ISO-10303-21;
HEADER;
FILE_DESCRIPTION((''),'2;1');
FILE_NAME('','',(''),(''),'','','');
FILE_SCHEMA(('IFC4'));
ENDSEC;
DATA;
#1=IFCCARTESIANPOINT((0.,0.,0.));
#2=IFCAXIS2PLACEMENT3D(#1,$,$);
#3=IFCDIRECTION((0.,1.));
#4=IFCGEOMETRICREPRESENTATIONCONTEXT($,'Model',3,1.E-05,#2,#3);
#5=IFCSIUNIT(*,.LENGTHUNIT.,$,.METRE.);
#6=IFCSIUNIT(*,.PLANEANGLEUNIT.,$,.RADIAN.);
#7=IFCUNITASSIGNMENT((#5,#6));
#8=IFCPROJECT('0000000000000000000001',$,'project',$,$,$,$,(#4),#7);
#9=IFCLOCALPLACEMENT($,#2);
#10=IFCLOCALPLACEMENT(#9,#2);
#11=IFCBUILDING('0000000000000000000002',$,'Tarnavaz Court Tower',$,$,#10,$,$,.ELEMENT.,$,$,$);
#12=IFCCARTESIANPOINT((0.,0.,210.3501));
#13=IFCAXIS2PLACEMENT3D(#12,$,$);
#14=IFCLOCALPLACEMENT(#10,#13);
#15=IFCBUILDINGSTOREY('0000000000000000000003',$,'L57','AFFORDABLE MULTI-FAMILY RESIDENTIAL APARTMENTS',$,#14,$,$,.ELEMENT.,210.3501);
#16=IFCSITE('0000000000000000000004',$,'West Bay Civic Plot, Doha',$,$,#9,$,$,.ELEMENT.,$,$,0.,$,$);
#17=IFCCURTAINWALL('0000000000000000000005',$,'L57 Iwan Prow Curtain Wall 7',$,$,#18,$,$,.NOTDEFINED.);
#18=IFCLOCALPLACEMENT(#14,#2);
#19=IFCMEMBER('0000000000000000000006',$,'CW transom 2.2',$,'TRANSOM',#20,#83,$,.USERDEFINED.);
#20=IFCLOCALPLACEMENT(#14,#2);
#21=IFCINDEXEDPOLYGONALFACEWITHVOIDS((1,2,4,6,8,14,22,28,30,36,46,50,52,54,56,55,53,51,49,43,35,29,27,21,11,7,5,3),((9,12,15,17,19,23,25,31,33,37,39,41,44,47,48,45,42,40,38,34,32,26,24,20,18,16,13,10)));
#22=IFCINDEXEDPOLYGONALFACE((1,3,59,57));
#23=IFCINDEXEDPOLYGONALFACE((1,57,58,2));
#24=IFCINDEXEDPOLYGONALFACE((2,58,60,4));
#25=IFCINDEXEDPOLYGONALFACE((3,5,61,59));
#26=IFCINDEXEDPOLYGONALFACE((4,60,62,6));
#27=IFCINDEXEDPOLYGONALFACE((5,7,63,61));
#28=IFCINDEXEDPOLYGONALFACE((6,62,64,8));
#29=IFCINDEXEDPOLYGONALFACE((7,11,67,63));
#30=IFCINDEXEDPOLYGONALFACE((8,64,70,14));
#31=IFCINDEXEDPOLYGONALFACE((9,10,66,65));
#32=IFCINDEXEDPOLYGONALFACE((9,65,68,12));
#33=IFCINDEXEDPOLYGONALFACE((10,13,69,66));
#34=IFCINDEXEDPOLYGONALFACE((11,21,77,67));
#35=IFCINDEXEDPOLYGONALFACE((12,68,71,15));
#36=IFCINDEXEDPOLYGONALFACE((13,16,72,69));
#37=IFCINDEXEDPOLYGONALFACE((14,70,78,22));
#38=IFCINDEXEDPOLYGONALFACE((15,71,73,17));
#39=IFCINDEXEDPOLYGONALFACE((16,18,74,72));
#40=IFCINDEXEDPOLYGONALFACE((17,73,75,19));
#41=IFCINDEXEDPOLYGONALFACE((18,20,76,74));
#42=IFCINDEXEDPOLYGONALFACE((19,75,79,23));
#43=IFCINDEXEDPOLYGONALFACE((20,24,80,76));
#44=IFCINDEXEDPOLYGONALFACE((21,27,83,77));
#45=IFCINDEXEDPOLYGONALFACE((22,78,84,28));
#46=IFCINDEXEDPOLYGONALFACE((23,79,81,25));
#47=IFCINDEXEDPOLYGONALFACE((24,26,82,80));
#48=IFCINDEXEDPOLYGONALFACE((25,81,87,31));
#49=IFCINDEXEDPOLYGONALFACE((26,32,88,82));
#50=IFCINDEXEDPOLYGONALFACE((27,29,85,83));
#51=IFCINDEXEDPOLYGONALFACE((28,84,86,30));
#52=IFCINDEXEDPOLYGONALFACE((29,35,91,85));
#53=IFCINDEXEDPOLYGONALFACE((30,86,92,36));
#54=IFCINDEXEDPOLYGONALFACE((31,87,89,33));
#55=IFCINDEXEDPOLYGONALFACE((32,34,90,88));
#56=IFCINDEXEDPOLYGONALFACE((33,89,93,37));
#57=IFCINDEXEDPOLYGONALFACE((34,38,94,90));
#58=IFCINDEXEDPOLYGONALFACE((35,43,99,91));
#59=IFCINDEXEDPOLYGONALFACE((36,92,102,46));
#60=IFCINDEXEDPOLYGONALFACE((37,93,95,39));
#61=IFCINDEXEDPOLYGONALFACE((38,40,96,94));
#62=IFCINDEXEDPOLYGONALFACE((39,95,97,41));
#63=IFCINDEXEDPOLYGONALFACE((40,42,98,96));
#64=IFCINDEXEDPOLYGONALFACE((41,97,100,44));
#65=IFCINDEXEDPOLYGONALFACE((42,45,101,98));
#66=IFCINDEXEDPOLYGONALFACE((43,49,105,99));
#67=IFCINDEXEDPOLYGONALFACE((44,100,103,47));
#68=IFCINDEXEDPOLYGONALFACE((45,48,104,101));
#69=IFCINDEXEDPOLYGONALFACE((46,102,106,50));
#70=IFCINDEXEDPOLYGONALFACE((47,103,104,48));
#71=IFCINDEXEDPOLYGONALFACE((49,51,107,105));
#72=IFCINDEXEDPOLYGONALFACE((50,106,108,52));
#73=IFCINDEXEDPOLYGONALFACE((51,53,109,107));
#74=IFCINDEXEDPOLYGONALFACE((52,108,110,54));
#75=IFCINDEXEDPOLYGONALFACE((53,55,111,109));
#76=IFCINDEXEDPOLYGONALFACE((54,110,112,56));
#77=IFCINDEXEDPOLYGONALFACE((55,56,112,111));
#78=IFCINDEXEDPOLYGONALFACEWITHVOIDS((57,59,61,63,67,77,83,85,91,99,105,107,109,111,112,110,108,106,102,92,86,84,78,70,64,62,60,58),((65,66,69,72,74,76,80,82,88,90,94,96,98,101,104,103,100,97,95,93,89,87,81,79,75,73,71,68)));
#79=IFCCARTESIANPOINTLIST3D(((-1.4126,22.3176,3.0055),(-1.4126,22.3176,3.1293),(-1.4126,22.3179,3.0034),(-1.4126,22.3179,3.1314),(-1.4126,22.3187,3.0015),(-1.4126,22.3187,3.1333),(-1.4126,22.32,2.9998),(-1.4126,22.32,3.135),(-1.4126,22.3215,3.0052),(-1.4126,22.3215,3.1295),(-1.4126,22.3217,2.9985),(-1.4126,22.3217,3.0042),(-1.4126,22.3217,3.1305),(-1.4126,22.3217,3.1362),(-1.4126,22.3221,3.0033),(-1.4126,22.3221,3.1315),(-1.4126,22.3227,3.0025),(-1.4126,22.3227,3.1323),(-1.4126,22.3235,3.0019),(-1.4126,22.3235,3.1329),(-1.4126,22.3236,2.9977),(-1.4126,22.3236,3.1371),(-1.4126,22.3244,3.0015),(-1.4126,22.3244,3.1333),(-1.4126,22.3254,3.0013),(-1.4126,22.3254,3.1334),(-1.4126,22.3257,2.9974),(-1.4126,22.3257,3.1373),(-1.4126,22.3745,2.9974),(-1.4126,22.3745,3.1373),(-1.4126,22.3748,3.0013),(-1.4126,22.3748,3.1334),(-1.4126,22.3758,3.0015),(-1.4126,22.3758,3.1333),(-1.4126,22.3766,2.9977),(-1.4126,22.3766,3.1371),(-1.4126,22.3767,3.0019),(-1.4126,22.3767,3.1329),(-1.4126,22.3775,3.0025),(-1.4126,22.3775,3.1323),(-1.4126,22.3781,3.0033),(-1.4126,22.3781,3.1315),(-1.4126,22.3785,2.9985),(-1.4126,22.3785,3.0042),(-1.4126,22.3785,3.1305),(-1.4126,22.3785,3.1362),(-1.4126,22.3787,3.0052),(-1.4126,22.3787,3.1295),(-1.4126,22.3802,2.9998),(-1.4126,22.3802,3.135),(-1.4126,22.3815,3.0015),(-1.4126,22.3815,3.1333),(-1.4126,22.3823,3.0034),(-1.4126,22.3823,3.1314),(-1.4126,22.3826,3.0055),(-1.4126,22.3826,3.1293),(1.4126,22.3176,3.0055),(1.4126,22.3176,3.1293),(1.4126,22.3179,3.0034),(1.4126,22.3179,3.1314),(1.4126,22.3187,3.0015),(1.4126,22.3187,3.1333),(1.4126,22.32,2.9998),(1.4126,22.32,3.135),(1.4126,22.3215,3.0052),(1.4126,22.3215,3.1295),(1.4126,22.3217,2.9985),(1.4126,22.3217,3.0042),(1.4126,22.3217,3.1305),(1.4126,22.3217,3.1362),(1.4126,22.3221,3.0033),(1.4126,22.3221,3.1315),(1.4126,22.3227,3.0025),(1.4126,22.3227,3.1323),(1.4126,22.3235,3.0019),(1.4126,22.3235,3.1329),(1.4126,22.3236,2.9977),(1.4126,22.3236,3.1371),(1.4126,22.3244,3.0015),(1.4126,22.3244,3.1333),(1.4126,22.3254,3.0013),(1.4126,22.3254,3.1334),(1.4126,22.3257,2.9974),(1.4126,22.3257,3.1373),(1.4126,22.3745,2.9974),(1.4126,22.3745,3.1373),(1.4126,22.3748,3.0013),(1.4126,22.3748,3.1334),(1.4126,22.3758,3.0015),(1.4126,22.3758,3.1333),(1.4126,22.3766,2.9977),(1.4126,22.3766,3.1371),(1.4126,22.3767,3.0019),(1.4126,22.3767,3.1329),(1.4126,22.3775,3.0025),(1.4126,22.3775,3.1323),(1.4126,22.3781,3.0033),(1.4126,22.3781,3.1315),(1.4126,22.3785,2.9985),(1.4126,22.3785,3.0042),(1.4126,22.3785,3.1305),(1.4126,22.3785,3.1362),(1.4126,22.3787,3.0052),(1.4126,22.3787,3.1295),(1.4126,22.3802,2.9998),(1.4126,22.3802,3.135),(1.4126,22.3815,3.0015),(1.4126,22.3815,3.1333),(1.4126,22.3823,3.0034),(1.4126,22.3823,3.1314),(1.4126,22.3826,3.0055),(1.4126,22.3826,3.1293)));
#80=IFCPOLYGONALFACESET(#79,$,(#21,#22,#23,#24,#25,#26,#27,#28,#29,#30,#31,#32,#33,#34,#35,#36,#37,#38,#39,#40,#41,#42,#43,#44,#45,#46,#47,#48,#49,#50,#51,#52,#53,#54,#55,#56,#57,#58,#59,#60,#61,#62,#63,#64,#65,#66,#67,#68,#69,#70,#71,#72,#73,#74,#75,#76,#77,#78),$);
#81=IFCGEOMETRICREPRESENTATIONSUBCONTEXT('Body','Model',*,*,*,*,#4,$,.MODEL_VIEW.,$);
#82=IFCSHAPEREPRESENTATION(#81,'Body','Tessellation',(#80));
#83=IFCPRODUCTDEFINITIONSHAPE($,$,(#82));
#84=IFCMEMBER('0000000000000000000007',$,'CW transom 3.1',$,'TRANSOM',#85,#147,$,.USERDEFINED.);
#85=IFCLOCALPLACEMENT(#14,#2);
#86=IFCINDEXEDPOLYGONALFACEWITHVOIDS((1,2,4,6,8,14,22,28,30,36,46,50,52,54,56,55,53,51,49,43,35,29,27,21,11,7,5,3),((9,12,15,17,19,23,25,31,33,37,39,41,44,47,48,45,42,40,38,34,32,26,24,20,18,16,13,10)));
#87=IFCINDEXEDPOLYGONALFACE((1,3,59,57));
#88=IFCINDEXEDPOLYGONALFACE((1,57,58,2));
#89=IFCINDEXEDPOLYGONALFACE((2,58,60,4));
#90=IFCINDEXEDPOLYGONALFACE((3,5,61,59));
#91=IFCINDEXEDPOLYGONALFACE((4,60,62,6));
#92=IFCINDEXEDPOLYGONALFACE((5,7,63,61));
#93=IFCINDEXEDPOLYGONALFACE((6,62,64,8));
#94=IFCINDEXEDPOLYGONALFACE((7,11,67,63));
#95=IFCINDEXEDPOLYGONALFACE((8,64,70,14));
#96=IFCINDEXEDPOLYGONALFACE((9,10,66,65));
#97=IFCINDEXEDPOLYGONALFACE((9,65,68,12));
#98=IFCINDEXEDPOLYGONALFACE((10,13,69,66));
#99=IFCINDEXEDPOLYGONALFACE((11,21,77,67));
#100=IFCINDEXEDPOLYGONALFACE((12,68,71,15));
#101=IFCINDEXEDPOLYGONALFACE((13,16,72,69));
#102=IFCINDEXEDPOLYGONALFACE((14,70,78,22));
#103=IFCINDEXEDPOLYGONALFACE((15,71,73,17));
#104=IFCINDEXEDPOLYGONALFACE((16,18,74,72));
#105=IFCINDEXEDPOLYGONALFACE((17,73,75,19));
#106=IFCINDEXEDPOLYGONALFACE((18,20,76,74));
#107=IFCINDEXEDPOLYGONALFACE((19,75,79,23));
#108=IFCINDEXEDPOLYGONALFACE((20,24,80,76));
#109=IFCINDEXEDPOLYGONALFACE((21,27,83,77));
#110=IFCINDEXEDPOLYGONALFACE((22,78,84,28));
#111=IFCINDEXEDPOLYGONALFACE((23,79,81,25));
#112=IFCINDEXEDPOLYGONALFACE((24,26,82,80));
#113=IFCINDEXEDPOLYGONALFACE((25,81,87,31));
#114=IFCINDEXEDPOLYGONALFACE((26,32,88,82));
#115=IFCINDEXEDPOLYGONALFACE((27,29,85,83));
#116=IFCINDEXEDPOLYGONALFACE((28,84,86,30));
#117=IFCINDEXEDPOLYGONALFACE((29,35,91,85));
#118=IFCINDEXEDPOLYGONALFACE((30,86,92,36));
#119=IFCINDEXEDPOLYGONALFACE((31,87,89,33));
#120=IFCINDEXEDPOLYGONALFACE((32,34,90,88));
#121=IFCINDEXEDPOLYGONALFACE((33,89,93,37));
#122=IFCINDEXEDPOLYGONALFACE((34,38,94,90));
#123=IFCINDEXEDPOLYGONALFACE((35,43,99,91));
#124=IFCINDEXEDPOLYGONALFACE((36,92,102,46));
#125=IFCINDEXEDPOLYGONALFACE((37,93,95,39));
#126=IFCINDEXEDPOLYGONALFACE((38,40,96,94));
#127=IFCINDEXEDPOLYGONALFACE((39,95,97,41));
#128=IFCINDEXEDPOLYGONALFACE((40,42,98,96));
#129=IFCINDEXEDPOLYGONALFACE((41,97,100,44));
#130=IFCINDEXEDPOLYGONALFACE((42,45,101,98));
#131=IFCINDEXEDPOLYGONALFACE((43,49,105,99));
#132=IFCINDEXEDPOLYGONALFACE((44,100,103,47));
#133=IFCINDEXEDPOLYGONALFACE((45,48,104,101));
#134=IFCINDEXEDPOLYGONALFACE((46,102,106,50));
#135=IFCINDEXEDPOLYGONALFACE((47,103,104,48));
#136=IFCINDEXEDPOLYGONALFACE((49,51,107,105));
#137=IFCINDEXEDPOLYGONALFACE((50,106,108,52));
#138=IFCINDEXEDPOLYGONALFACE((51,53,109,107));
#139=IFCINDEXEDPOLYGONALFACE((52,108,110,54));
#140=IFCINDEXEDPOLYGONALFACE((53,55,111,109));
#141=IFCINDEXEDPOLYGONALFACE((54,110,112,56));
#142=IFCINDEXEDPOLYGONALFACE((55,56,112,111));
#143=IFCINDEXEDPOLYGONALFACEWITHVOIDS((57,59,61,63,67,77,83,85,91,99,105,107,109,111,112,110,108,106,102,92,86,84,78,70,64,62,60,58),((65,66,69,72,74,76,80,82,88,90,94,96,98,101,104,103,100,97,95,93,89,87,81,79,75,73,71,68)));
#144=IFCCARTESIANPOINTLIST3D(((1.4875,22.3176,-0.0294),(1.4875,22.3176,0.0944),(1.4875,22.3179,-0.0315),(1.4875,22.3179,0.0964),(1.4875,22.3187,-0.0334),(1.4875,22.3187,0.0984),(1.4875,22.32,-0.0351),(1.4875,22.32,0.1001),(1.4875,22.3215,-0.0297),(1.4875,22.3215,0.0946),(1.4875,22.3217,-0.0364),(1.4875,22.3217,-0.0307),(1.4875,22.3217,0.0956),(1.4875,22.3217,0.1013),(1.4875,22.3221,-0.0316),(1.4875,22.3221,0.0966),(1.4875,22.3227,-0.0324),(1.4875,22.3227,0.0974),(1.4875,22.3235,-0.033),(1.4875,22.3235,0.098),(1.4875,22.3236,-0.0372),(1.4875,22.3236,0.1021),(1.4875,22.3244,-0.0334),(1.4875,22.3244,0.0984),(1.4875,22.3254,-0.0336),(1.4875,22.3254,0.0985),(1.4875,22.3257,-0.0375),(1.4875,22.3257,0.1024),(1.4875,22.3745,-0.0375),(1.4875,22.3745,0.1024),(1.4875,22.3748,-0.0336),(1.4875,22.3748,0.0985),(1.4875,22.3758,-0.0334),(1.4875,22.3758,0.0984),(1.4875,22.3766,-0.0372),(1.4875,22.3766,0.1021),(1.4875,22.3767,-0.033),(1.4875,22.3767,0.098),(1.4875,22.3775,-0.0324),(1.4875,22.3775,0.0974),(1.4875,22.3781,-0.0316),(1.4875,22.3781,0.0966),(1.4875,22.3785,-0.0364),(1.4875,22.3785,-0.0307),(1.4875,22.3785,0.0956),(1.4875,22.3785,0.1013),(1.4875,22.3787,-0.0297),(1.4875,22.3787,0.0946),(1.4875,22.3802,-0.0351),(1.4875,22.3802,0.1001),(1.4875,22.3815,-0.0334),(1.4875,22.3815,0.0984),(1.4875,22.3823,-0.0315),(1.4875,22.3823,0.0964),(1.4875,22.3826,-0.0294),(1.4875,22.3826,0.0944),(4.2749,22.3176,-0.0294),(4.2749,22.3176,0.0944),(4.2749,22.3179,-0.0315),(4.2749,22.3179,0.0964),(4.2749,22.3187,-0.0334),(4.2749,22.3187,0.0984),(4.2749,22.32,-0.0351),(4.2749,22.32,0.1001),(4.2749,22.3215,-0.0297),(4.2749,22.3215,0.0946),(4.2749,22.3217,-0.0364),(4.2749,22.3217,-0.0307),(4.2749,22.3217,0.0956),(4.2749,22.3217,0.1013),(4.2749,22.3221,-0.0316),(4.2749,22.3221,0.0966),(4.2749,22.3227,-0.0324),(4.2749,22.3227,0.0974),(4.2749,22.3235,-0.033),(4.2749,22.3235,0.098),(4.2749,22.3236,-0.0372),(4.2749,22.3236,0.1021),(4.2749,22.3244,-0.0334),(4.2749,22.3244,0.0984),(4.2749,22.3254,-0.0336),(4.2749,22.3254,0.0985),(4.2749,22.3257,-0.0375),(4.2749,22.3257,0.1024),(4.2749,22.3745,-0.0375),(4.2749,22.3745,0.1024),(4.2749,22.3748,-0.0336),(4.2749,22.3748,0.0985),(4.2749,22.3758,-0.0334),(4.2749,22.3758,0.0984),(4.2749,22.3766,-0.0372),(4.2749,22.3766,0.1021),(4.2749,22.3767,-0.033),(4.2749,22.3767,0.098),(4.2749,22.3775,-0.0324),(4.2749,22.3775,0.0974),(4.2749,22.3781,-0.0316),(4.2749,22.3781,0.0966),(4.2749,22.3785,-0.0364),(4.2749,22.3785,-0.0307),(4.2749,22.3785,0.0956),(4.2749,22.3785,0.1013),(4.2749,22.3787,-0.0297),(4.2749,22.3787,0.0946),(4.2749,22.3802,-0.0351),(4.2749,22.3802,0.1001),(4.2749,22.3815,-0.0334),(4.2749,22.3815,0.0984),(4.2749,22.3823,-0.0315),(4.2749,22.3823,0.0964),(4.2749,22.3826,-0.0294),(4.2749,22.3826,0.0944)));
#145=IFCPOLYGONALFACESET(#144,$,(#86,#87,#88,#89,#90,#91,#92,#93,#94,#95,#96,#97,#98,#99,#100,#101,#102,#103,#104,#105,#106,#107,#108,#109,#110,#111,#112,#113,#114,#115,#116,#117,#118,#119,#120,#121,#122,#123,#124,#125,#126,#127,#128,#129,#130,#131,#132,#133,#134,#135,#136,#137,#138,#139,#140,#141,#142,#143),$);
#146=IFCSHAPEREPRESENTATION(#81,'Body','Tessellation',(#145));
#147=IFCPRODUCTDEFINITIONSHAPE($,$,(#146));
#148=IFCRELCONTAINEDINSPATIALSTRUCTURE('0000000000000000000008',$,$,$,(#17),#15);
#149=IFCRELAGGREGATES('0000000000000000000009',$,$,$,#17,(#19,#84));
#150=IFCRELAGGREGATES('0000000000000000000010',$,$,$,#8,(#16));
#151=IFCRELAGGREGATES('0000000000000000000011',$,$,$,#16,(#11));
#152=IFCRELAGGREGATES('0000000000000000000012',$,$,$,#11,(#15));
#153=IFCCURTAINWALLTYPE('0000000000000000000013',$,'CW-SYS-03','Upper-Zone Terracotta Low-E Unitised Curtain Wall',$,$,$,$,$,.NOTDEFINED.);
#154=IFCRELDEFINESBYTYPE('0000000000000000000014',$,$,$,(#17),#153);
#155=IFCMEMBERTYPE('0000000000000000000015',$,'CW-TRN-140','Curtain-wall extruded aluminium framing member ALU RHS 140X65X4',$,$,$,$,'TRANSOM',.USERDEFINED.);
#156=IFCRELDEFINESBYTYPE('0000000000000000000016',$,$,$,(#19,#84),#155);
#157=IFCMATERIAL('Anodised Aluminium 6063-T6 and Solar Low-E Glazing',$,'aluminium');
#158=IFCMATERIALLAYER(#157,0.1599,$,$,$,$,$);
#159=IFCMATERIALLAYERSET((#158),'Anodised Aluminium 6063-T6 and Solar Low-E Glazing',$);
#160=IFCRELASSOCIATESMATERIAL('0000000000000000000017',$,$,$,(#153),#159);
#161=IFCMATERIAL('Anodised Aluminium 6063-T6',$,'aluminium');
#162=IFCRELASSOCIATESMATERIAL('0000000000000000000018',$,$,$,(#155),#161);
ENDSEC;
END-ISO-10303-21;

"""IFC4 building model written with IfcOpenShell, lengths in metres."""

from ifc_helpers import new_model, si_unit, direction, frame, origin, origin_2d, place, context, subcontext, project, spatial, hollow_rectangle, extrude, material, layer, layer_set, material_profile, profile_set, type_object, element, aggregate, save


model = new_model("IFC4")

# Units and contexts
model_context = context("Model", 3, precision=1e-05, world=origin(), true_north=direction((0.0, 1.0)))
body_context = subcontext(model_context, "Body", "Model", "MODEL_VIEW")
ifc_project = project(units=[si_unit("LENGTHUNIT", "METRE"), si_unit("PLANEANGLEUNIT", "RADIAN")], contexts=[model_context])

# Site, building, storey
site_placement = place(None, origin())
site = spatial("IfcSite", under=ifc_project, at=site_placement, Name="West Bay Civic Plot, Doha", CompositionType="ELEMENT", RefElevation=0.0)
building_placement = place(site_placement, origin())
building = spatial("IfcBuilding", under=site, at=building_placement, Name="Tarnavaz Court Tower", CompositionType="ELEMENT")
storey_placement = place(building_placement, frame((0.0, 0.0, 210.3501)))
storey = spatial("IfcBuildingStorey", under=building, at=storey_placement, Name="L57", Description="AFFORDABLE MULTI-FAMILY RESIDENTIAL APARTMENTS", CompositionType="ELEMENT", Elevation=210.3501)

# Curtain wall, members
ifc_material_1 = material(Name="Anodised Aluminium 6063-T6 and Solar Low-E Glazing", Category="aluminium")
ifc_layer_1 = layer(ifc_material_1, 0.1599)
ifc_layer_set_1 = layer_set([ifc_layer_1], Name="Anodised Aluminium 6063-T6 and Solar Low-E Glazing")
curtain_wall_type = type_object("IfcCurtainWallType", Name="CW-SYS-03", Description="Upper-Zone Terracotta Low-E Unitised Curtain Wall", PredefinedType="NOTDEFINED", material=ifc_layer_set_1)
curtain_wall_placement = place(storey_placement, origin())
curtain_wall = element("IfcCurtainWall", 1, at=curtain_wall_placement, inside=storey, type_object=curtain_wall_type, Name="L57 Iwan Prow Curtain Wall 7", PredefinedType="NOTDEFINED")
ifc_material_2 = material(Name="Anodised Aluminium 6063-T6", Category="aluminium")
ifc_material_profile_1 = material_profile(ifc_material_2, hollow_rectangle(XDim=0.0649, YDim=0.1399, WallThickness=0.0039, InnerFilletRadius=0.0039, OuterFilletRadius=0.0081, at=origin_2d()), Name="ALU RHS 140X65X4")
ifc_profile_set_1 = profile_set([ifc_material_profile_1], Name="Anodised Aluminium 6063-T6")
member_type_1 = type_object("IfcMemberType", Name="CW-TRN-140", Description="Curtain-wall extruded aluminium framing member ALU RHS 140X65X4", ElementType="TRANSOM", PredefinedType="USERDEFINED", material=ifc_profile_set_1)
member_1_placement = place(storey_placement, frame((-1.4126, 22.3501, 3.0674), z_axis=(1.0, 0.0, 0.0), x_axis=(0.0, 1.0, 0.0)))
member_1 = element("IfcMember", 2, at=member_1_placement, type_object=member_type_1, Name="CW transom 2.2", ObjectType="TRANSOM", PredefinedType="USERDEFINED", context=body_context, shape_type="SweptSolid", body=[
    extrude(hollow_rectangle(XDim=0.0649, YDim=0.1399, WallThickness=0.0039, InnerFilletRadius=0.0039, OuterFilletRadius=0.0081, at=origin_2d()), origin(), (0.0, 0.0, 1.0), 2.8252),
])
member_2_placement = place(storey_placement, frame((1.4875, 22.3501, 0.0325), z_axis=(1.0, 0.0, 0.0), x_axis=(0.0, 1.0, 0.0)))
member_2 = element("IfcMember", 3, at=member_2_placement, type_object=member_type_1, Name="CW transom 3.1", ObjectType="TRANSOM", PredefinedType="USERDEFINED", context=body_context, shape_type="SweptSolid", body=[
    extrude(hollow_rectangle(XDim=0.0649, YDim=0.1399, WallThickness=0.0039, InnerFilletRadius=0.0039, OuterFilletRadius=0.0081, at=origin_2d()), origin(), (0.0, 0.0, 1.0), 2.7874),
])
aggregate(curtain_wall, [member_1, member_2])

save(model, "model.ifc")
